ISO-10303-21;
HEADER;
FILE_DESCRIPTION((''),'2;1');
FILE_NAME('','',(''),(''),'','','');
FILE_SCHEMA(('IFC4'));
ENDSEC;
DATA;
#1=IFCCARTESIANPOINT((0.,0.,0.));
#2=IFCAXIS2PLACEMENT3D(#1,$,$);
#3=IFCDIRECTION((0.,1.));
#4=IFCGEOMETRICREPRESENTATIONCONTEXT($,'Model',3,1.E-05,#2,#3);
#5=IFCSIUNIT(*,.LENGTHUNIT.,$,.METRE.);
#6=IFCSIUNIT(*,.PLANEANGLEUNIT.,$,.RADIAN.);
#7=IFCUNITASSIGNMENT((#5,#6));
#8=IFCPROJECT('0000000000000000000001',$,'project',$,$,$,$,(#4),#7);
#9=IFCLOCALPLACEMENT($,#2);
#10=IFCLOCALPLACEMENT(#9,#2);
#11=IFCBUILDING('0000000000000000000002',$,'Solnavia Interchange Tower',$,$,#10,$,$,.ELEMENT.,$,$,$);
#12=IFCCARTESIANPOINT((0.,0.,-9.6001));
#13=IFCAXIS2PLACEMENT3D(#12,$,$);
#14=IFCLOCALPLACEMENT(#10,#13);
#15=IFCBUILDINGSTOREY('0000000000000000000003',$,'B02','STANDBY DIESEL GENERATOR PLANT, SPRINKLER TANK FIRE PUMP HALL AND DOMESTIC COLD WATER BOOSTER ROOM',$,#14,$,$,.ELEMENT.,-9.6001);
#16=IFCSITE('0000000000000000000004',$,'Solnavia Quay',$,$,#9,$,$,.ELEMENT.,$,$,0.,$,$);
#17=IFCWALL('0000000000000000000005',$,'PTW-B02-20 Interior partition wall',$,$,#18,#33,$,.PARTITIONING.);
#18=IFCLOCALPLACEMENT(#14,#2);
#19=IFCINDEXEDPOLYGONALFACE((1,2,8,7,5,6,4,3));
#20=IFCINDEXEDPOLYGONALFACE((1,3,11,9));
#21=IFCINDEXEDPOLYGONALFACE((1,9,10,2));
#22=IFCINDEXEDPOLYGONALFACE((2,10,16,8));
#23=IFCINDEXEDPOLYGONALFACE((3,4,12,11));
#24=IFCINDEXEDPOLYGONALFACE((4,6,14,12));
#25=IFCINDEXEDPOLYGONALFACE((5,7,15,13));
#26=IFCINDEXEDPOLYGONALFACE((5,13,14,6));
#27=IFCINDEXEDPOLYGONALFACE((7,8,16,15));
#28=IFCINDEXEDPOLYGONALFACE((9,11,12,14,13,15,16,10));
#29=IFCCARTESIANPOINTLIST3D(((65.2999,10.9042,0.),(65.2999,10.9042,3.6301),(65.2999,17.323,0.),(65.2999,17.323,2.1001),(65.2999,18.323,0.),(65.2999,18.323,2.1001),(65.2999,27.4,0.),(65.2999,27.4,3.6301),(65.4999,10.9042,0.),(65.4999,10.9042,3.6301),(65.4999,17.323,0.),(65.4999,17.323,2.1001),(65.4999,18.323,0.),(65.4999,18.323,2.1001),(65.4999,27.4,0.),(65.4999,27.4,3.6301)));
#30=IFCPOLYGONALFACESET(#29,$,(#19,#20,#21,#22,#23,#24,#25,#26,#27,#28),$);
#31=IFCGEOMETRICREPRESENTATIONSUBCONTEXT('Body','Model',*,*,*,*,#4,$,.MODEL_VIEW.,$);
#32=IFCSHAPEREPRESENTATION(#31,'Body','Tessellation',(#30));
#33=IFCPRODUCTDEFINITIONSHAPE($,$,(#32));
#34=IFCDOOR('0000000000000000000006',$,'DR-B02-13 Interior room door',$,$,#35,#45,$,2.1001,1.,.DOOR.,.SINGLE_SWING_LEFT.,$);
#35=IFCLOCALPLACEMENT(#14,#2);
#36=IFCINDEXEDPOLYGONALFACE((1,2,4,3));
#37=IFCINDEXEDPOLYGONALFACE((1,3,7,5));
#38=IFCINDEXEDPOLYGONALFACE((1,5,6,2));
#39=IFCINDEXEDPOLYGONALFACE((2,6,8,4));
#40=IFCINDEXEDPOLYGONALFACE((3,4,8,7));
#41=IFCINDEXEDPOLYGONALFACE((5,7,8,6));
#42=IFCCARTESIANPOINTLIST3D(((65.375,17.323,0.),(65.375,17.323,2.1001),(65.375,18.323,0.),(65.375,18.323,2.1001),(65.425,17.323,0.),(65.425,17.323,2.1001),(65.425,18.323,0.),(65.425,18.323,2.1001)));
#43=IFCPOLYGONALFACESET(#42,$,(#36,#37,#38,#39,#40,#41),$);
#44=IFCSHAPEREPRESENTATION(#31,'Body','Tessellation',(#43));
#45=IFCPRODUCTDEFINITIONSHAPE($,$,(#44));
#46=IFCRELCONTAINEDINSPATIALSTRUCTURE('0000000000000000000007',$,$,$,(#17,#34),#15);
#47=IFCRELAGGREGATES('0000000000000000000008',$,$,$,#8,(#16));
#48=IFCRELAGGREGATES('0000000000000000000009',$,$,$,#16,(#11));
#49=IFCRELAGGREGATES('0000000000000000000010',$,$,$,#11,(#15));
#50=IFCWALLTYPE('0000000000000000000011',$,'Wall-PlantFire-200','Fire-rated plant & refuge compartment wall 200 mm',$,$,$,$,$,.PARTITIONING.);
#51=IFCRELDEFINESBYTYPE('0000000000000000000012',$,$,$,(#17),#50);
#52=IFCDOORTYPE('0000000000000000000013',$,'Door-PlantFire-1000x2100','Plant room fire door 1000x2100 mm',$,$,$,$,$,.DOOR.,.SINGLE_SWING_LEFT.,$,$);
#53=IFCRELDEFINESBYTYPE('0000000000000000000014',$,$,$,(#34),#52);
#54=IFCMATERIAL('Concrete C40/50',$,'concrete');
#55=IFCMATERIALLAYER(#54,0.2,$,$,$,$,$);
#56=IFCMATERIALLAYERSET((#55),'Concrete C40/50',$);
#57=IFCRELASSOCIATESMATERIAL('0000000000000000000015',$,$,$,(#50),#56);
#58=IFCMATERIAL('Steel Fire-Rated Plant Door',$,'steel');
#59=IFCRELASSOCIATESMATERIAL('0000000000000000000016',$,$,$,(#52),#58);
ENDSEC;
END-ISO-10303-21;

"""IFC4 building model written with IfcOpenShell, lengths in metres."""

from ifc_helpers import new_model, si_unit, direction, frame, frame_2d, origin, place, context, subcontext, project, spatial, rectangle, extrude, material, layer, layer_set, type_object, element, fill, save


model = new_model("IFC4")

# Units and contexts
model_context = context("Model", 3, precision=1e-05, world=origin(), true_north=direction((0.0, 1.0)))
body_context = subcontext(model_context, "Body", "Model", "MODEL_VIEW")
ifc_project = project(units=[si_unit("LENGTHUNIT", "METRE"), si_unit("PLANEANGLEUNIT", "RADIAN")], contexts=[model_context])

# Site, building, storey
site_placement = place(None, origin())
site = spatial("IfcSite", under=ifc_project, at=site_placement, Name="Solnavia Quay", CompositionType="ELEMENT", RefElevation=0.0)
building_placement = place(site_placement, origin())
building = spatial("IfcBuilding", under=site, at=building_placement, Name="Solnavia Interchange Tower", CompositionType="ELEMENT")
storey_placement = place(building_placement, frame((0.0, 0.0, -9.6001)))
storey = spatial("IfcBuildingStorey", under=building, at=storey_placement, Name="B02", Description="STANDBY DIESEL GENERATOR PLANT, SPRINKLER TANK FIRE PUMP HALL AND DOMESTIC COLD WATER BOOSTER ROOM", CompositionType="ELEMENT", Elevation=-9.6001)

# Shared definitions
ifc_material_1 = material(Name="Concrete C40/50", Category="concrete")

# Wall, opening, door
ifc_layer = layer(ifc_material_1, 0.2)
ifc_layer_set = layer_set([ifc_layer], Name="Concrete C40/50")
wall_type = type_object("IfcWallType", Name="Wall-PlantFire-200", Description="Fire-rated plant & refuge compartment wall 200 mm", PredefinedType="PARTITIONING", material=ifc_layer_set)
wall_placement = place(storey_placement, frame((65.3999, 10.9041, 0.0), z_axis=(0.0, 0.0, 1.0), x_axis=(0.0, 1.0, 0.0)))
wall = element("IfcWall", 1, at=wall_placement, inside=storey, type_object=wall_type, Name="PTW-B02-20 Interior partition wall", PredefinedType="PARTITIONING", context=body_context, shape_type="SweptSolid", body=[
    extrude(rectangle(XDim=16.4958, YDim=0.2, at=frame_2d((8.248, 0.0))), origin(), (0.0, 0.0, 1.0), 3.6301),
])
opening_placement = place(wall_placement, frame((6.4189, 0.0, 0.0)))
opening = element("IfcOpeningElement", 2, at=opening_placement, cuts=wall, PredefinedType="OPENING", context=body_context, shape_type="SweptSolid", body=[
    extrude(rectangle(XDim=1.0, YDim=2.1001, at=frame_2d((0.5, 1.05))), frame((0.0, 0.1099, 0.0), z_axis=(0.0, -1.0, 0.0), x_axis=(1.0, 0.0, 0.0)), (0.0, 0.0, 1.0), 0.22),
])
ifc_material_2 = material(Name="Steel Fire-Rated Plant Door", Category="steel")
door_type = type_object("IfcDoorType", Name="Door-PlantFire-1000x2100", Description="Plant room fire door 1000x2100 mm", OperationType="SINGLE_SWING_LEFT", PredefinedType="DOOR", material=ifc_material_2)
door_placement = place(opening_placement, origin())
door = element("IfcDoor", 3, at=door_placement, inside=storey, type_object=door_type, Name="DR-B02-13 Interior room door", OperationType="SINGLE_SWING_LEFT", OverallHeight=2.1001, OverallWidth=1.0, PredefinedType="DOOR", context=body_context, shape_type="SweptSolid", body=[
    extrude(rectangle(XDim=1.0, YDim=2.1001, at=frame_2d((0.5, 1.05))), frame((0.0, 0.0249, 0.0), z_axis=(0.0, -1.0, 0.0), x_axis=(1.0, 0.0, 0.0)), (0.0, 0.0, 1.0), 0.05),
])
fill(opening, door)

save(model, "model.ifc")
